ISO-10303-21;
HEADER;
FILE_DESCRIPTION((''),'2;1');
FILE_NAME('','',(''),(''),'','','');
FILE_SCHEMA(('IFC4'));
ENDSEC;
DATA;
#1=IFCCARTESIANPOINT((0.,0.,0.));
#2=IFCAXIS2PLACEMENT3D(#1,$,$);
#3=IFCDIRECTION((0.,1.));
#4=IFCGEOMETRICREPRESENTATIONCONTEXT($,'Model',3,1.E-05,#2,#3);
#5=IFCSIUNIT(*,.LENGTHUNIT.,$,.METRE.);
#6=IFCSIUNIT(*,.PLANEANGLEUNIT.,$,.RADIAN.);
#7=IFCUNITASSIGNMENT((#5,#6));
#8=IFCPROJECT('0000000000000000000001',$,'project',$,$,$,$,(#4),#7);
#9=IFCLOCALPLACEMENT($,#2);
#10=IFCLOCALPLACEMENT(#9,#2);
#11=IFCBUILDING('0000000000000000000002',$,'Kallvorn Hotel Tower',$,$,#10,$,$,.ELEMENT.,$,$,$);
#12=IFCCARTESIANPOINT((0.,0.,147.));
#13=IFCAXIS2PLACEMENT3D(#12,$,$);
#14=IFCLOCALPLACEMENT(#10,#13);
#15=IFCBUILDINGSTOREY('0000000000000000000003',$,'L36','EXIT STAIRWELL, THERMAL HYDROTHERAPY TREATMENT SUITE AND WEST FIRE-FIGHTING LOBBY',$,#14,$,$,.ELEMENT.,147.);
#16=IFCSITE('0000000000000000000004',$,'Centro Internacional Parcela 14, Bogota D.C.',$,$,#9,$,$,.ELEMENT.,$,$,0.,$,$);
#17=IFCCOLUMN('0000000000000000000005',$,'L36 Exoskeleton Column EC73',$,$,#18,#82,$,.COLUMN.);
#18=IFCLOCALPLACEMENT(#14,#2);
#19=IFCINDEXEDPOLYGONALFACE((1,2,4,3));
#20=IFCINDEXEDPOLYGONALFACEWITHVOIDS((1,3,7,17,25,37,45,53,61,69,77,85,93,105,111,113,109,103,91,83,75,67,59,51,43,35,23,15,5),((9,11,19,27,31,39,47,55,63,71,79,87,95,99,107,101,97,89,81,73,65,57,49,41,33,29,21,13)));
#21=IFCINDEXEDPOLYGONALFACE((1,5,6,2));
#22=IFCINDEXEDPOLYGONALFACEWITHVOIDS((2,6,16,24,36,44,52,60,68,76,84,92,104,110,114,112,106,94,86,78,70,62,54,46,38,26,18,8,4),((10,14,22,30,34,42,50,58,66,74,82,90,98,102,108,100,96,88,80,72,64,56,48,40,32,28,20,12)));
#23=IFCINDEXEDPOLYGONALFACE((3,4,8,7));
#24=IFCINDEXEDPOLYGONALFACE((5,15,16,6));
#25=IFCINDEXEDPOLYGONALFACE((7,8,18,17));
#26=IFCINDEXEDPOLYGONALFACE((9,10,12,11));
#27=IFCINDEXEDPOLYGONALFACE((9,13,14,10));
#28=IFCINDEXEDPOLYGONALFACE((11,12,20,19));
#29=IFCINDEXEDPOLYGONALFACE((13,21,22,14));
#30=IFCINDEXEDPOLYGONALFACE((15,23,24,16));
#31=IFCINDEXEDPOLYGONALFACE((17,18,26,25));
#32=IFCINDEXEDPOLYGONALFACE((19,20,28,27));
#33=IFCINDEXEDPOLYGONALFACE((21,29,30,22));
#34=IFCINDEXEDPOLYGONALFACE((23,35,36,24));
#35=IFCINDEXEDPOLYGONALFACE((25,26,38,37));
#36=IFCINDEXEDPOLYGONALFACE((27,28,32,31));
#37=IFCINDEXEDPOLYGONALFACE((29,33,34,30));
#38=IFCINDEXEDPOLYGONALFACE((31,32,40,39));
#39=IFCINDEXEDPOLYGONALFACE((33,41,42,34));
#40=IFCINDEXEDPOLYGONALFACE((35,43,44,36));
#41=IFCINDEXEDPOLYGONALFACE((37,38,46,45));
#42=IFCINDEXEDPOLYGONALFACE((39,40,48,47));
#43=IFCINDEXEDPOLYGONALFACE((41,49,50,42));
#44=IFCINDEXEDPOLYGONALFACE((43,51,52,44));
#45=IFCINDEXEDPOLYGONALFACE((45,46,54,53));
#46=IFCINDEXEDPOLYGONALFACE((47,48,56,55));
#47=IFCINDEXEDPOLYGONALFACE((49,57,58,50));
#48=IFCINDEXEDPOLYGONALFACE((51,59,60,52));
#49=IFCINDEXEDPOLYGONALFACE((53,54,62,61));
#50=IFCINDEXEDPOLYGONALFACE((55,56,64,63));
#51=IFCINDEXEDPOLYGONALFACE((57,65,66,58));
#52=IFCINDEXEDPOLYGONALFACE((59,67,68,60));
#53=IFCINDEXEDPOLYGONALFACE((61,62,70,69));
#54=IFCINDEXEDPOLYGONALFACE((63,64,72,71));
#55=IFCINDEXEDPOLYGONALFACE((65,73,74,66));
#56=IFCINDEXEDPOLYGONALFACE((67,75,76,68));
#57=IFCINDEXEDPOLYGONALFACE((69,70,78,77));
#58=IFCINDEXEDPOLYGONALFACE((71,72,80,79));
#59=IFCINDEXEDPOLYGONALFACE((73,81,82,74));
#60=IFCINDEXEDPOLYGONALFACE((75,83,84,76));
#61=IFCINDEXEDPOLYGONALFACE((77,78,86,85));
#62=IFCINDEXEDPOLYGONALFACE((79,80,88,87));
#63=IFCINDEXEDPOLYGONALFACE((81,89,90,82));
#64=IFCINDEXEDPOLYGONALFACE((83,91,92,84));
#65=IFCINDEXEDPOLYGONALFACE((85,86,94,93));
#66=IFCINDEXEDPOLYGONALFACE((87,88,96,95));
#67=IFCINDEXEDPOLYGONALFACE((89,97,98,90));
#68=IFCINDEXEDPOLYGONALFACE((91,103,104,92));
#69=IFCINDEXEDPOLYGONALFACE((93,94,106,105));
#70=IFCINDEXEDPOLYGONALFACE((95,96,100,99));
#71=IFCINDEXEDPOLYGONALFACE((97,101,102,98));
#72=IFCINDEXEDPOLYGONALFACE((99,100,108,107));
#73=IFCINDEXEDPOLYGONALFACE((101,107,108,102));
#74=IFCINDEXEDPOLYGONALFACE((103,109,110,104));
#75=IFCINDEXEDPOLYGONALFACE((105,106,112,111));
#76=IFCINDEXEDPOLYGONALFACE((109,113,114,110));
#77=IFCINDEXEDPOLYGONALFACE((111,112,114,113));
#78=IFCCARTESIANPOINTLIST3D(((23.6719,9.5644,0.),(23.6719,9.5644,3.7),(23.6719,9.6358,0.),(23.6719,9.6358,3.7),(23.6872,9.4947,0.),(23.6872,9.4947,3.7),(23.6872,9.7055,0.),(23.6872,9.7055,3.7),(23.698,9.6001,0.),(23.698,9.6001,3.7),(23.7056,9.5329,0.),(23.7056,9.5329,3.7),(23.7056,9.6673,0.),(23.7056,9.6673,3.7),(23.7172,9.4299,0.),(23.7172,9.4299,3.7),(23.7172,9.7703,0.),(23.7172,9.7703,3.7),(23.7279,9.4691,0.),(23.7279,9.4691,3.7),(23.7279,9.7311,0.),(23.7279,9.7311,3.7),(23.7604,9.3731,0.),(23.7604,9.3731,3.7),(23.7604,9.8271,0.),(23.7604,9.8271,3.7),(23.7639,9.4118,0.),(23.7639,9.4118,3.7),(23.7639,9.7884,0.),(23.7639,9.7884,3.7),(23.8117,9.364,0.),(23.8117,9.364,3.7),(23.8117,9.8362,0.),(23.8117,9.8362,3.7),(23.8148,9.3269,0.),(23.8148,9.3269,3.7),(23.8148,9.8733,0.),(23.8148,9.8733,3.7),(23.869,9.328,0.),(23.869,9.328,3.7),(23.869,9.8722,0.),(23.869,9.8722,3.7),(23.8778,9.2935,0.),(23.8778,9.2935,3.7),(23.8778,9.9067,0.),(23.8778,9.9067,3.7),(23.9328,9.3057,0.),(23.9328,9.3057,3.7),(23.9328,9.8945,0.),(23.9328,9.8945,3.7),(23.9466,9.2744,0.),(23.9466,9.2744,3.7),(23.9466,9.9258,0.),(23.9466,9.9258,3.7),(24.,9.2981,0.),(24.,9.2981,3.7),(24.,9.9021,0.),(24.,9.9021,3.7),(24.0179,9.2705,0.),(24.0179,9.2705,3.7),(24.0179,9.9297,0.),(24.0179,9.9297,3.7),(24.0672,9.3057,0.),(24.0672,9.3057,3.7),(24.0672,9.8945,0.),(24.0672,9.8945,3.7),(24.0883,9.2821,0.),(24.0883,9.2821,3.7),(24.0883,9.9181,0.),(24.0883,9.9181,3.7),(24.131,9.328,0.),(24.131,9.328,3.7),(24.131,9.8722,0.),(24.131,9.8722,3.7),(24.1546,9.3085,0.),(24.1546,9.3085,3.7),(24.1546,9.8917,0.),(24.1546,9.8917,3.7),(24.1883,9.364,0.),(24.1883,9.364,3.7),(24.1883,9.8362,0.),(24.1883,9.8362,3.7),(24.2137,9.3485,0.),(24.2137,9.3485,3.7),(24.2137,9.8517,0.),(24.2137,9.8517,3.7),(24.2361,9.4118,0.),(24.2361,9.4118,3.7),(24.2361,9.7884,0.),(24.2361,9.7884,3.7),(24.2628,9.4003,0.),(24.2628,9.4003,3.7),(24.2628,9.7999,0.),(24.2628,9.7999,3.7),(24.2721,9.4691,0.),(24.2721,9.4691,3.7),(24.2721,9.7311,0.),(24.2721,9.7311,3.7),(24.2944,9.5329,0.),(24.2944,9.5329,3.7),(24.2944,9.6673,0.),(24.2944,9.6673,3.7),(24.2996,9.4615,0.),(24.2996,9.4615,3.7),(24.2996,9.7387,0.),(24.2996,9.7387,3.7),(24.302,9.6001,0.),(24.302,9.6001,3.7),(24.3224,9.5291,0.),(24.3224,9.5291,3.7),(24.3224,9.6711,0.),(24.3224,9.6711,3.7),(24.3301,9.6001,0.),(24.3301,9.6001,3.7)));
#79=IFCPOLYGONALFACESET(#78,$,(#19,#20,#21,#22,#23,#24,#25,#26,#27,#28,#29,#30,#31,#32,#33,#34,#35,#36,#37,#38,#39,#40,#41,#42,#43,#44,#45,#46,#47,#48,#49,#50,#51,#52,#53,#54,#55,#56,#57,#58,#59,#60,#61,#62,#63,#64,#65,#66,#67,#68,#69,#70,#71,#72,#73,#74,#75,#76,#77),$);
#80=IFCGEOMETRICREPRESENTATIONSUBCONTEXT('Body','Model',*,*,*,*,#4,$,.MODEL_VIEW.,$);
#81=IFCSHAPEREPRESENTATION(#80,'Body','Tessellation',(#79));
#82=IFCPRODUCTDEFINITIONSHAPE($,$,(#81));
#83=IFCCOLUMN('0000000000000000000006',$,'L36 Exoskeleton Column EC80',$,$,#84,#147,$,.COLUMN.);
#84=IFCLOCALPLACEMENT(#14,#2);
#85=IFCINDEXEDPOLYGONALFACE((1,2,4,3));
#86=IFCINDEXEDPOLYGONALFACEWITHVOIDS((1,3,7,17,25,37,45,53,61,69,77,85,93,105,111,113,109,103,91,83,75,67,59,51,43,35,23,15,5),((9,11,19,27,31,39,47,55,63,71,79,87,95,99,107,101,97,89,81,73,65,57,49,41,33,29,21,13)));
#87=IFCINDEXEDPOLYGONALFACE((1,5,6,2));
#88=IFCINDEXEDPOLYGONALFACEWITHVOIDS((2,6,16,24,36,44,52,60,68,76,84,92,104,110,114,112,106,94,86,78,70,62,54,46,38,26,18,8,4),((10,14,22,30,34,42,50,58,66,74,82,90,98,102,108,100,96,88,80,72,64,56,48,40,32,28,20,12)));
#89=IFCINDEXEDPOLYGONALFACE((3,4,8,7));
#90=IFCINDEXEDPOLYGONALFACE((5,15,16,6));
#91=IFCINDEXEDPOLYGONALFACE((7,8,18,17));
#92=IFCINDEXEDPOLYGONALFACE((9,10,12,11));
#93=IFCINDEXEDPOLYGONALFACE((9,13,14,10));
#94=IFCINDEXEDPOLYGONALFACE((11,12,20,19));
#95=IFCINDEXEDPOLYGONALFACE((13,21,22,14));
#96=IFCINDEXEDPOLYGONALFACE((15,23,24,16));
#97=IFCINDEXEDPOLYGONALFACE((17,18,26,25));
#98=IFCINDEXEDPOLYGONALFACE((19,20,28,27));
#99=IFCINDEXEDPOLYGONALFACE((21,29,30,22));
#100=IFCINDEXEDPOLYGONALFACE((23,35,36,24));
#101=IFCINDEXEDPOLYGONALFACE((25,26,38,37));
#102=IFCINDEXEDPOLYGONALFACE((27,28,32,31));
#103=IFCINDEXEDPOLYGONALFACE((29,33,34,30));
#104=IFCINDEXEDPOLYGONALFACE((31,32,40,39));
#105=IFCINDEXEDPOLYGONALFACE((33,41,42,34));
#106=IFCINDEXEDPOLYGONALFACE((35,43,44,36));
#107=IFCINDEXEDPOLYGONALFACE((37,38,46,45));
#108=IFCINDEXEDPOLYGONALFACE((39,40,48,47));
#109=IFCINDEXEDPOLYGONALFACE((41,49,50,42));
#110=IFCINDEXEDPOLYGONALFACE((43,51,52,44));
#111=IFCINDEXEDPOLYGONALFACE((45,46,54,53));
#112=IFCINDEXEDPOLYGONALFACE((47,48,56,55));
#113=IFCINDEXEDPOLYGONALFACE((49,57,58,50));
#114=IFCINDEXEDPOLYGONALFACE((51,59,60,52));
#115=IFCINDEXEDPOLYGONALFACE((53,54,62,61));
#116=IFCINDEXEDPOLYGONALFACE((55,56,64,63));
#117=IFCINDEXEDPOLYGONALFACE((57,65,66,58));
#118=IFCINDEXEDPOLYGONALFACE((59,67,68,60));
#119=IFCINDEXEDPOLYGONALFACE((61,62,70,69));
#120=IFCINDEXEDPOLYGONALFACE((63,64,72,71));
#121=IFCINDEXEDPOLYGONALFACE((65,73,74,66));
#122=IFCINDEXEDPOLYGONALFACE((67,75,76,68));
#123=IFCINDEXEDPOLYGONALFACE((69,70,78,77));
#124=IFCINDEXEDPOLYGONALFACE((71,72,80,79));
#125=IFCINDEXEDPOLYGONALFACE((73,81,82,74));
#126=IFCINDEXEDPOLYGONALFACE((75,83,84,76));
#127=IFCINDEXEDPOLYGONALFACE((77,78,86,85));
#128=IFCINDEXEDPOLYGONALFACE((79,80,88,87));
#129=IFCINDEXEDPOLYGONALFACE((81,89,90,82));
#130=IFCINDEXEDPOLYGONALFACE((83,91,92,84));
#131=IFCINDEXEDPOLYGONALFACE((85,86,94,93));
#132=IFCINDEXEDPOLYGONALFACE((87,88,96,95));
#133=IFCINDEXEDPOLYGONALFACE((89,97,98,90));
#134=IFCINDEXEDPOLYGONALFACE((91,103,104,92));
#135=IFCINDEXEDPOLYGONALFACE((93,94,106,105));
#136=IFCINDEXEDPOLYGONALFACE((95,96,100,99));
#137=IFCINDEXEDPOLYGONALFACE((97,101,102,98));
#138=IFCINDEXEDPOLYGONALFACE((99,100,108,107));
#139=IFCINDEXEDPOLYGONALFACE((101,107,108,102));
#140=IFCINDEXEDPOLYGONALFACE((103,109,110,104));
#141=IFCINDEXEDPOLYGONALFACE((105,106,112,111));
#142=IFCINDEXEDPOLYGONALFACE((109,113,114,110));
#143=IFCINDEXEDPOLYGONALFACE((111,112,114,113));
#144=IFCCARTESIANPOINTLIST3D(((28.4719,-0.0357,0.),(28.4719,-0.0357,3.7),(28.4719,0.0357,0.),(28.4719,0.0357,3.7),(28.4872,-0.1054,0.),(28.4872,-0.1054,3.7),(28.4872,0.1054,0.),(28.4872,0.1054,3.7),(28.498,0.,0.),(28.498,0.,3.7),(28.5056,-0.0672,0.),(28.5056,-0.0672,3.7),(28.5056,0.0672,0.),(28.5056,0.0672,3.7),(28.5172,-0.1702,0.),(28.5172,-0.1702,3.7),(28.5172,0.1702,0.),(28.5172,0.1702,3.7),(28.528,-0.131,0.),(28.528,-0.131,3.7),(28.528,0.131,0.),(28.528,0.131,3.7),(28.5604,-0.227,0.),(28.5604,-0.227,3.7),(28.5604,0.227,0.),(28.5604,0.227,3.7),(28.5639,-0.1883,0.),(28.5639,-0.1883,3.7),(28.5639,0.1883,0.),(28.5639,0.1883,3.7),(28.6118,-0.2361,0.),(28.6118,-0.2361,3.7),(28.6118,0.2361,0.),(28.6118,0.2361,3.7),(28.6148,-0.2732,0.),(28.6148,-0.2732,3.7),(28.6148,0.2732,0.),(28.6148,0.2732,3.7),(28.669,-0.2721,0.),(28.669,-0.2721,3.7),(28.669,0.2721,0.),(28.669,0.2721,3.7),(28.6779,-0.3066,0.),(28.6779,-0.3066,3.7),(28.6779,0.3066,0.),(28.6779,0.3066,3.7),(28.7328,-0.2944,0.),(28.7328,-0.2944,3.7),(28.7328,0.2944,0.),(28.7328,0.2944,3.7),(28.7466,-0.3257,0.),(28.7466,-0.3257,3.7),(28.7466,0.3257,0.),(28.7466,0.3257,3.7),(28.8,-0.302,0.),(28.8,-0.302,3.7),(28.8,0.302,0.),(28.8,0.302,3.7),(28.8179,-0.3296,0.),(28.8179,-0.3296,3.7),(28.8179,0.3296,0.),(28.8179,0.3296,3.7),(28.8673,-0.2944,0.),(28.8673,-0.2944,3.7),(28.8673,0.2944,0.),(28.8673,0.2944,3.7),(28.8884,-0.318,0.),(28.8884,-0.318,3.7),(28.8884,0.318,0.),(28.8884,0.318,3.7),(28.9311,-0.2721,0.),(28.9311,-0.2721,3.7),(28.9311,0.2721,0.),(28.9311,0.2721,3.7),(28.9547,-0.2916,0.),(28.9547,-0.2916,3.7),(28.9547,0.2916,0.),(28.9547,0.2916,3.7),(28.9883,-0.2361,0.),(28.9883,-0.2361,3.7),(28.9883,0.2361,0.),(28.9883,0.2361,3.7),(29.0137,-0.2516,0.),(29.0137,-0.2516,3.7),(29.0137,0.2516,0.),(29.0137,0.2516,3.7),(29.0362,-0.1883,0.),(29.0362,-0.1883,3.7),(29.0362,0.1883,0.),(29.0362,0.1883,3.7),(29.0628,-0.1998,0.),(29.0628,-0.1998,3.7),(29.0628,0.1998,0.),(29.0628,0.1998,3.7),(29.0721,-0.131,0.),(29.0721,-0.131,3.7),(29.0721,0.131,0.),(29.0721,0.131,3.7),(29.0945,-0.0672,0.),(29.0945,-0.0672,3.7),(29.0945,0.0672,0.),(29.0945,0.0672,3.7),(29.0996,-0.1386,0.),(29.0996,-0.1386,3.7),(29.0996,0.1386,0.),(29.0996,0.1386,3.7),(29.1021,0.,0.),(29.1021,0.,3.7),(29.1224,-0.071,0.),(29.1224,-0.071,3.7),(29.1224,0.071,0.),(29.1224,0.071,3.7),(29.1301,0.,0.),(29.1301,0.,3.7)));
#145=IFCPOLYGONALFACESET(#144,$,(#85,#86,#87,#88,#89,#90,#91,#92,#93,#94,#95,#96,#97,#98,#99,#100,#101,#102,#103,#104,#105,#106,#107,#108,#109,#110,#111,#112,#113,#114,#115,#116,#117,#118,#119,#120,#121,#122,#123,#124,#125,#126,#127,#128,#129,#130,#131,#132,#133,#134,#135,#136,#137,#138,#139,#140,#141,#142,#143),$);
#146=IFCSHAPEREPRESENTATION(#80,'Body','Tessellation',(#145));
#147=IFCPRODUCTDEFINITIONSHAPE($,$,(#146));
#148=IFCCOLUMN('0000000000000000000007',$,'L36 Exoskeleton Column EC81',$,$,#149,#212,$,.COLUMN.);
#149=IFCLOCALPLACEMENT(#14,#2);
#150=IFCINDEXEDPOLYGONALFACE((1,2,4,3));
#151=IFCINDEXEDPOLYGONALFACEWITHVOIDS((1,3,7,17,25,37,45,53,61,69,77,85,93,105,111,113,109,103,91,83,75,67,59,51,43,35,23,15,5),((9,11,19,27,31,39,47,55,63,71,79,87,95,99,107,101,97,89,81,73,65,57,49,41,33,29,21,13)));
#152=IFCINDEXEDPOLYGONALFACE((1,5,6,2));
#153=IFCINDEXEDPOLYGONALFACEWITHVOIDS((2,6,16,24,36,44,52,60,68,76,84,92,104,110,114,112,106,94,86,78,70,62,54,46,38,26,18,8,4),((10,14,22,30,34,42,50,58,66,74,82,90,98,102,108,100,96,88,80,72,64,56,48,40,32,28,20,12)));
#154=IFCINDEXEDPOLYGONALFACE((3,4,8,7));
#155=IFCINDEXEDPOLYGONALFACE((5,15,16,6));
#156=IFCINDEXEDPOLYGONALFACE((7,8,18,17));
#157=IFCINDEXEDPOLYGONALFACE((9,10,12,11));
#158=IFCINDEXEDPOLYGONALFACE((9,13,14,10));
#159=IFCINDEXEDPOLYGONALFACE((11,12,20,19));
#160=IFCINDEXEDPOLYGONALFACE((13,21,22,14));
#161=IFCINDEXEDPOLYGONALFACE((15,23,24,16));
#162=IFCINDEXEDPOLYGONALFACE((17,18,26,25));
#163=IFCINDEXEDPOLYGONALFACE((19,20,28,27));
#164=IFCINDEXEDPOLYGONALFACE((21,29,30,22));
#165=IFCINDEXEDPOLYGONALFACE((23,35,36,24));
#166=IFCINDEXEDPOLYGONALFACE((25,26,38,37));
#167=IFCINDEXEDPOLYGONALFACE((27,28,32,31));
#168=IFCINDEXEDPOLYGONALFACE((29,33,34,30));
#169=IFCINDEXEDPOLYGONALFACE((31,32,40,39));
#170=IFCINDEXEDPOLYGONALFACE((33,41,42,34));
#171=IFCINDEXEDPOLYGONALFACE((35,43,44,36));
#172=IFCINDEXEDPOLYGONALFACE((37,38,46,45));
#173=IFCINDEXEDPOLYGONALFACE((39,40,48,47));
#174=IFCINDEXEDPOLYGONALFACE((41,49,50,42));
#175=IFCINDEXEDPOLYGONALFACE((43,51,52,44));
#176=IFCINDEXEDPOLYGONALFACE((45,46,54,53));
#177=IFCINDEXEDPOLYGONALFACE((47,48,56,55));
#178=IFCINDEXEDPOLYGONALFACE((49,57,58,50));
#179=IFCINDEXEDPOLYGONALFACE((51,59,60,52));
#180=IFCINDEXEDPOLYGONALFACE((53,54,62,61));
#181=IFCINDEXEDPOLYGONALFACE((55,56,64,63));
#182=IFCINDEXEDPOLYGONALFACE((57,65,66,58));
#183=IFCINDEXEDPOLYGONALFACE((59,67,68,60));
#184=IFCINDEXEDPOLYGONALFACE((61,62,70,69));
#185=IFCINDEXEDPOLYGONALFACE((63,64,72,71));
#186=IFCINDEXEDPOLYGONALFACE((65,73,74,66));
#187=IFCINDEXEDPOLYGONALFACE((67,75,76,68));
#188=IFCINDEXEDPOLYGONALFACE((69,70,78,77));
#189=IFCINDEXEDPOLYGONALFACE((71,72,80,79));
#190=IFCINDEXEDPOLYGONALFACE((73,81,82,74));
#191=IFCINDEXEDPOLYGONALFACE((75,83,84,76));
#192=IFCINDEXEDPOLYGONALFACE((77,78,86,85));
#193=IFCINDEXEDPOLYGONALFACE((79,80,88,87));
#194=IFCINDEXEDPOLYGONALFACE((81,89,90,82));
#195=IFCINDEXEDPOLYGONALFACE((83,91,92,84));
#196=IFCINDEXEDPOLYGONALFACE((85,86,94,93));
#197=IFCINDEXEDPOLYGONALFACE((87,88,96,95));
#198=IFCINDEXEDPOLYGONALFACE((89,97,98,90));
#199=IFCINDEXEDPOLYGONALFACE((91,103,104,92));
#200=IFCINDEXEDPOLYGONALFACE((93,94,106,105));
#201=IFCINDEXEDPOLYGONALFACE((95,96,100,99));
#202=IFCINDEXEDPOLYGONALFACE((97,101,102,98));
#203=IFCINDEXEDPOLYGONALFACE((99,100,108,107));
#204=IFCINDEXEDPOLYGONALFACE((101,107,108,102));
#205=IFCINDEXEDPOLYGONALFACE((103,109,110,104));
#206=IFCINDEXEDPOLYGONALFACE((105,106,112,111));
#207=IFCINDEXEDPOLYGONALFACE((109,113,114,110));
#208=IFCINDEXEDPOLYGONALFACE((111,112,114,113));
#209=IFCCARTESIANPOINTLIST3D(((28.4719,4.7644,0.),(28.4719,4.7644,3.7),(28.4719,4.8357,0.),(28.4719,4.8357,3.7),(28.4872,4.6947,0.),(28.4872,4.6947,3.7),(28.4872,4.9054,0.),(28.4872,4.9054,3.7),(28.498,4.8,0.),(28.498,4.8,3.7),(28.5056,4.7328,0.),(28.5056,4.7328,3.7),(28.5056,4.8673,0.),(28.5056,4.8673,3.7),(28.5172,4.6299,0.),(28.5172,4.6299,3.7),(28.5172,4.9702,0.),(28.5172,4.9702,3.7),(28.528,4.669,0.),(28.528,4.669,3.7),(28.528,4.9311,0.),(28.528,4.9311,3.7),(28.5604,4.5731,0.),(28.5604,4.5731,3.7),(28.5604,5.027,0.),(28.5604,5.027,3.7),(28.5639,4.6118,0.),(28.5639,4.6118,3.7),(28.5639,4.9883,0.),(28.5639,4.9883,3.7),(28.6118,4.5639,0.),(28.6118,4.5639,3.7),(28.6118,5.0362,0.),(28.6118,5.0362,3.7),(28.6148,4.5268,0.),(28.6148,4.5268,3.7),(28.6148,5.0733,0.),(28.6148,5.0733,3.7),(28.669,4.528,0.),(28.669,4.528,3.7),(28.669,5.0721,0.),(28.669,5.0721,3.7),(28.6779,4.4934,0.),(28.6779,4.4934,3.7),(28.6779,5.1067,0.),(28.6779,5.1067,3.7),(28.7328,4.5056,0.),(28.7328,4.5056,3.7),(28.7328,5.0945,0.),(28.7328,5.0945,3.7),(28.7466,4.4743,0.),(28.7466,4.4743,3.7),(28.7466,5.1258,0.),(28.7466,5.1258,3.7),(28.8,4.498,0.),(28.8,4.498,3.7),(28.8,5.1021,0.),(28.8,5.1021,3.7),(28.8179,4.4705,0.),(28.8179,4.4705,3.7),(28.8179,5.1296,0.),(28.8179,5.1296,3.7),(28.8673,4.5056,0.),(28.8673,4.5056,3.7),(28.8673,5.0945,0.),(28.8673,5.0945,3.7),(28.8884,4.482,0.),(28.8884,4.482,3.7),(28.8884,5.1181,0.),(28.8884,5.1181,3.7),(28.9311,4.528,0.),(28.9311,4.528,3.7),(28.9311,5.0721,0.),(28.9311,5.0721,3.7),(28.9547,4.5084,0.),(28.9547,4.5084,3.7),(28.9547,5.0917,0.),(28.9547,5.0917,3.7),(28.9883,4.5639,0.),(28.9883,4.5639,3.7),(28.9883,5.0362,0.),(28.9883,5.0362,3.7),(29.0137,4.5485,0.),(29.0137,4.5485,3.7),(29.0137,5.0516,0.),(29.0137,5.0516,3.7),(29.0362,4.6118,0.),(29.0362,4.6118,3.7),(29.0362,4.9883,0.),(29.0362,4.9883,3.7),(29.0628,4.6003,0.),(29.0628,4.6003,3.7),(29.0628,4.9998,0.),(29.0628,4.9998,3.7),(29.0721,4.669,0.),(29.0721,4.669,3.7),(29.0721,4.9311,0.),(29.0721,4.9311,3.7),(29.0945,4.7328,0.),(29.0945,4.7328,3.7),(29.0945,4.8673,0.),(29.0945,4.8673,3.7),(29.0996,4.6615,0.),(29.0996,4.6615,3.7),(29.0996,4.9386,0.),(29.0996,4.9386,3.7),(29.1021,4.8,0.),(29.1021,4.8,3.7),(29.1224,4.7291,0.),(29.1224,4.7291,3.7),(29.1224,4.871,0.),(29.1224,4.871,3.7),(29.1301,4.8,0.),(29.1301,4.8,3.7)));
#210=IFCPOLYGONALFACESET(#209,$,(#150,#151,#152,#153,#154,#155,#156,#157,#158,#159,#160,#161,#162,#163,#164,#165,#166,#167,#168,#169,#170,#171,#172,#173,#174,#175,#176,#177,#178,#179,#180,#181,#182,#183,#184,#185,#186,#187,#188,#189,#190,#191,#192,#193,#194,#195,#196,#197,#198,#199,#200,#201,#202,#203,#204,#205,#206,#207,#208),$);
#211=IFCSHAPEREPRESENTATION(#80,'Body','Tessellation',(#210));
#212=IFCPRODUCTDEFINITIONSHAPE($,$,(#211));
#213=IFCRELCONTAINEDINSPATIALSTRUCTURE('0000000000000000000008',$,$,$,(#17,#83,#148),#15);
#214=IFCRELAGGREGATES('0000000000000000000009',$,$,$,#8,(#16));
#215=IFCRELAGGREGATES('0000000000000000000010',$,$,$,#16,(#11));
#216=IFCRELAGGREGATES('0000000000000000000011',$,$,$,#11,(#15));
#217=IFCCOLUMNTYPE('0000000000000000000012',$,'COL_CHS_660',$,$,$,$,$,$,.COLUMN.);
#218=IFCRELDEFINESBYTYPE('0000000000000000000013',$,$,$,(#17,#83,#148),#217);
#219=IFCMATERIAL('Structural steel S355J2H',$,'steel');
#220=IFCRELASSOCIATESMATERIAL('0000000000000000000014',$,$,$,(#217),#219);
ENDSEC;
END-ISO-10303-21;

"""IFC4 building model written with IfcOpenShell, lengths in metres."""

from ifc_helpers import new_model, si_unit, direction, frame, origin, origin_2d, place, context, subcontext, project, spatial, hollow_circle, extrude, material, material_profile, profile_set, type_object, element, save


model = new_model("IFC4")

# Units and contexts
model_context = context("Model", 3, precision=1e-05, world=origin(), true_north=direction((0.0, 1.0)))
body_context = subcontext(model_context, "Body", "Model", "MODEL_VIEW")
ifc_project = project(units=[si_unit("LENGTHUNIT", "METRE"), si_unit("PLANEANGLEUNIT", "RADIAN")], contexts=[model_context])

# Site, building, storey
site_placement = place(None, origin())
site = spatial("IfcSite", under=ifc_project, at=site_placement, Name="Centro Internacional Parcela 14, Bogota D.C.", CompositionType="ELEMENT", RefElevation=0.0)
building_placement = place(site_placement, origin())
building = spatial("IfcBuilding", under=site, at=building_placement, Name="Kallvorn Hotel Tower", CompositionType="ELEMENT")
storey_placement = place(building_placement, frame((0.0, 0.0, 147.0)))
storey = spatial("IfcBuildingStorey", under=building, at=storey_placement, Name="L36", Description="EXIT STAIRWELL, THERMAL HYDROTHERAPY TREATMENT SUITE AND WEST FIRE-FIGHTING LOBBY", CompositionType="ELEMENT", Elevation=147.0)

# Columns
ifc_material_1 = material(Name="Structural steel S355J2H", Category="steel")
ifc_material_profile_1 = material_profile(ifc_material_1, hollow_circle(Radius=0.3301, WallThickness=0.0281, at=origin_2d()), Name="CHS 660x28")
ifc_profile_set_1 = profile_set([ifc_material_profile_1], Name="Structural steel S355J2H")
column_type_1 = type_object("IfcColumnType", Name="COL_CHS_660", PredefinedType="COLUMN", material=ifc_profile_set_1)
for number, where, z_axis, x_axis, name in (
    (1, (24.0, 9.6001, 0.0), (0.0, 0.0, 1.0), (1.0, 0.0, 0.0), "L36 Exoskeleton Column EC73"),
    (2, (28.8, 0.0, 0.0), (0.0, 0.0, 1.0), (1.0, 0.0, 0.0), "L36 Exoskeleton Column EC80"),
    (3, (28.8, 4.8, 0.0), (0.0, 0.0, 1.0), (1.0, 0.0, 0.0), "L36 Exoskeleton Column EC81"),
):
    element("IfcColumn", number, at=place(storey_placement, frame(where, z_axis=z_axis, x_axis=x_axis)), inside=storey, type_object=column_type_1, Name=name, PredefinedType="COLUMN", context=body_context, shape_type="SweptSolid", body=[
        extrude(hollow_circle(Radius=0.3301, WallThickness=0.0281, at=origin_2d()), origin(), (0.0, 0.0, 1.0), 3.7),
    ])

save(model, "model.ifc")
